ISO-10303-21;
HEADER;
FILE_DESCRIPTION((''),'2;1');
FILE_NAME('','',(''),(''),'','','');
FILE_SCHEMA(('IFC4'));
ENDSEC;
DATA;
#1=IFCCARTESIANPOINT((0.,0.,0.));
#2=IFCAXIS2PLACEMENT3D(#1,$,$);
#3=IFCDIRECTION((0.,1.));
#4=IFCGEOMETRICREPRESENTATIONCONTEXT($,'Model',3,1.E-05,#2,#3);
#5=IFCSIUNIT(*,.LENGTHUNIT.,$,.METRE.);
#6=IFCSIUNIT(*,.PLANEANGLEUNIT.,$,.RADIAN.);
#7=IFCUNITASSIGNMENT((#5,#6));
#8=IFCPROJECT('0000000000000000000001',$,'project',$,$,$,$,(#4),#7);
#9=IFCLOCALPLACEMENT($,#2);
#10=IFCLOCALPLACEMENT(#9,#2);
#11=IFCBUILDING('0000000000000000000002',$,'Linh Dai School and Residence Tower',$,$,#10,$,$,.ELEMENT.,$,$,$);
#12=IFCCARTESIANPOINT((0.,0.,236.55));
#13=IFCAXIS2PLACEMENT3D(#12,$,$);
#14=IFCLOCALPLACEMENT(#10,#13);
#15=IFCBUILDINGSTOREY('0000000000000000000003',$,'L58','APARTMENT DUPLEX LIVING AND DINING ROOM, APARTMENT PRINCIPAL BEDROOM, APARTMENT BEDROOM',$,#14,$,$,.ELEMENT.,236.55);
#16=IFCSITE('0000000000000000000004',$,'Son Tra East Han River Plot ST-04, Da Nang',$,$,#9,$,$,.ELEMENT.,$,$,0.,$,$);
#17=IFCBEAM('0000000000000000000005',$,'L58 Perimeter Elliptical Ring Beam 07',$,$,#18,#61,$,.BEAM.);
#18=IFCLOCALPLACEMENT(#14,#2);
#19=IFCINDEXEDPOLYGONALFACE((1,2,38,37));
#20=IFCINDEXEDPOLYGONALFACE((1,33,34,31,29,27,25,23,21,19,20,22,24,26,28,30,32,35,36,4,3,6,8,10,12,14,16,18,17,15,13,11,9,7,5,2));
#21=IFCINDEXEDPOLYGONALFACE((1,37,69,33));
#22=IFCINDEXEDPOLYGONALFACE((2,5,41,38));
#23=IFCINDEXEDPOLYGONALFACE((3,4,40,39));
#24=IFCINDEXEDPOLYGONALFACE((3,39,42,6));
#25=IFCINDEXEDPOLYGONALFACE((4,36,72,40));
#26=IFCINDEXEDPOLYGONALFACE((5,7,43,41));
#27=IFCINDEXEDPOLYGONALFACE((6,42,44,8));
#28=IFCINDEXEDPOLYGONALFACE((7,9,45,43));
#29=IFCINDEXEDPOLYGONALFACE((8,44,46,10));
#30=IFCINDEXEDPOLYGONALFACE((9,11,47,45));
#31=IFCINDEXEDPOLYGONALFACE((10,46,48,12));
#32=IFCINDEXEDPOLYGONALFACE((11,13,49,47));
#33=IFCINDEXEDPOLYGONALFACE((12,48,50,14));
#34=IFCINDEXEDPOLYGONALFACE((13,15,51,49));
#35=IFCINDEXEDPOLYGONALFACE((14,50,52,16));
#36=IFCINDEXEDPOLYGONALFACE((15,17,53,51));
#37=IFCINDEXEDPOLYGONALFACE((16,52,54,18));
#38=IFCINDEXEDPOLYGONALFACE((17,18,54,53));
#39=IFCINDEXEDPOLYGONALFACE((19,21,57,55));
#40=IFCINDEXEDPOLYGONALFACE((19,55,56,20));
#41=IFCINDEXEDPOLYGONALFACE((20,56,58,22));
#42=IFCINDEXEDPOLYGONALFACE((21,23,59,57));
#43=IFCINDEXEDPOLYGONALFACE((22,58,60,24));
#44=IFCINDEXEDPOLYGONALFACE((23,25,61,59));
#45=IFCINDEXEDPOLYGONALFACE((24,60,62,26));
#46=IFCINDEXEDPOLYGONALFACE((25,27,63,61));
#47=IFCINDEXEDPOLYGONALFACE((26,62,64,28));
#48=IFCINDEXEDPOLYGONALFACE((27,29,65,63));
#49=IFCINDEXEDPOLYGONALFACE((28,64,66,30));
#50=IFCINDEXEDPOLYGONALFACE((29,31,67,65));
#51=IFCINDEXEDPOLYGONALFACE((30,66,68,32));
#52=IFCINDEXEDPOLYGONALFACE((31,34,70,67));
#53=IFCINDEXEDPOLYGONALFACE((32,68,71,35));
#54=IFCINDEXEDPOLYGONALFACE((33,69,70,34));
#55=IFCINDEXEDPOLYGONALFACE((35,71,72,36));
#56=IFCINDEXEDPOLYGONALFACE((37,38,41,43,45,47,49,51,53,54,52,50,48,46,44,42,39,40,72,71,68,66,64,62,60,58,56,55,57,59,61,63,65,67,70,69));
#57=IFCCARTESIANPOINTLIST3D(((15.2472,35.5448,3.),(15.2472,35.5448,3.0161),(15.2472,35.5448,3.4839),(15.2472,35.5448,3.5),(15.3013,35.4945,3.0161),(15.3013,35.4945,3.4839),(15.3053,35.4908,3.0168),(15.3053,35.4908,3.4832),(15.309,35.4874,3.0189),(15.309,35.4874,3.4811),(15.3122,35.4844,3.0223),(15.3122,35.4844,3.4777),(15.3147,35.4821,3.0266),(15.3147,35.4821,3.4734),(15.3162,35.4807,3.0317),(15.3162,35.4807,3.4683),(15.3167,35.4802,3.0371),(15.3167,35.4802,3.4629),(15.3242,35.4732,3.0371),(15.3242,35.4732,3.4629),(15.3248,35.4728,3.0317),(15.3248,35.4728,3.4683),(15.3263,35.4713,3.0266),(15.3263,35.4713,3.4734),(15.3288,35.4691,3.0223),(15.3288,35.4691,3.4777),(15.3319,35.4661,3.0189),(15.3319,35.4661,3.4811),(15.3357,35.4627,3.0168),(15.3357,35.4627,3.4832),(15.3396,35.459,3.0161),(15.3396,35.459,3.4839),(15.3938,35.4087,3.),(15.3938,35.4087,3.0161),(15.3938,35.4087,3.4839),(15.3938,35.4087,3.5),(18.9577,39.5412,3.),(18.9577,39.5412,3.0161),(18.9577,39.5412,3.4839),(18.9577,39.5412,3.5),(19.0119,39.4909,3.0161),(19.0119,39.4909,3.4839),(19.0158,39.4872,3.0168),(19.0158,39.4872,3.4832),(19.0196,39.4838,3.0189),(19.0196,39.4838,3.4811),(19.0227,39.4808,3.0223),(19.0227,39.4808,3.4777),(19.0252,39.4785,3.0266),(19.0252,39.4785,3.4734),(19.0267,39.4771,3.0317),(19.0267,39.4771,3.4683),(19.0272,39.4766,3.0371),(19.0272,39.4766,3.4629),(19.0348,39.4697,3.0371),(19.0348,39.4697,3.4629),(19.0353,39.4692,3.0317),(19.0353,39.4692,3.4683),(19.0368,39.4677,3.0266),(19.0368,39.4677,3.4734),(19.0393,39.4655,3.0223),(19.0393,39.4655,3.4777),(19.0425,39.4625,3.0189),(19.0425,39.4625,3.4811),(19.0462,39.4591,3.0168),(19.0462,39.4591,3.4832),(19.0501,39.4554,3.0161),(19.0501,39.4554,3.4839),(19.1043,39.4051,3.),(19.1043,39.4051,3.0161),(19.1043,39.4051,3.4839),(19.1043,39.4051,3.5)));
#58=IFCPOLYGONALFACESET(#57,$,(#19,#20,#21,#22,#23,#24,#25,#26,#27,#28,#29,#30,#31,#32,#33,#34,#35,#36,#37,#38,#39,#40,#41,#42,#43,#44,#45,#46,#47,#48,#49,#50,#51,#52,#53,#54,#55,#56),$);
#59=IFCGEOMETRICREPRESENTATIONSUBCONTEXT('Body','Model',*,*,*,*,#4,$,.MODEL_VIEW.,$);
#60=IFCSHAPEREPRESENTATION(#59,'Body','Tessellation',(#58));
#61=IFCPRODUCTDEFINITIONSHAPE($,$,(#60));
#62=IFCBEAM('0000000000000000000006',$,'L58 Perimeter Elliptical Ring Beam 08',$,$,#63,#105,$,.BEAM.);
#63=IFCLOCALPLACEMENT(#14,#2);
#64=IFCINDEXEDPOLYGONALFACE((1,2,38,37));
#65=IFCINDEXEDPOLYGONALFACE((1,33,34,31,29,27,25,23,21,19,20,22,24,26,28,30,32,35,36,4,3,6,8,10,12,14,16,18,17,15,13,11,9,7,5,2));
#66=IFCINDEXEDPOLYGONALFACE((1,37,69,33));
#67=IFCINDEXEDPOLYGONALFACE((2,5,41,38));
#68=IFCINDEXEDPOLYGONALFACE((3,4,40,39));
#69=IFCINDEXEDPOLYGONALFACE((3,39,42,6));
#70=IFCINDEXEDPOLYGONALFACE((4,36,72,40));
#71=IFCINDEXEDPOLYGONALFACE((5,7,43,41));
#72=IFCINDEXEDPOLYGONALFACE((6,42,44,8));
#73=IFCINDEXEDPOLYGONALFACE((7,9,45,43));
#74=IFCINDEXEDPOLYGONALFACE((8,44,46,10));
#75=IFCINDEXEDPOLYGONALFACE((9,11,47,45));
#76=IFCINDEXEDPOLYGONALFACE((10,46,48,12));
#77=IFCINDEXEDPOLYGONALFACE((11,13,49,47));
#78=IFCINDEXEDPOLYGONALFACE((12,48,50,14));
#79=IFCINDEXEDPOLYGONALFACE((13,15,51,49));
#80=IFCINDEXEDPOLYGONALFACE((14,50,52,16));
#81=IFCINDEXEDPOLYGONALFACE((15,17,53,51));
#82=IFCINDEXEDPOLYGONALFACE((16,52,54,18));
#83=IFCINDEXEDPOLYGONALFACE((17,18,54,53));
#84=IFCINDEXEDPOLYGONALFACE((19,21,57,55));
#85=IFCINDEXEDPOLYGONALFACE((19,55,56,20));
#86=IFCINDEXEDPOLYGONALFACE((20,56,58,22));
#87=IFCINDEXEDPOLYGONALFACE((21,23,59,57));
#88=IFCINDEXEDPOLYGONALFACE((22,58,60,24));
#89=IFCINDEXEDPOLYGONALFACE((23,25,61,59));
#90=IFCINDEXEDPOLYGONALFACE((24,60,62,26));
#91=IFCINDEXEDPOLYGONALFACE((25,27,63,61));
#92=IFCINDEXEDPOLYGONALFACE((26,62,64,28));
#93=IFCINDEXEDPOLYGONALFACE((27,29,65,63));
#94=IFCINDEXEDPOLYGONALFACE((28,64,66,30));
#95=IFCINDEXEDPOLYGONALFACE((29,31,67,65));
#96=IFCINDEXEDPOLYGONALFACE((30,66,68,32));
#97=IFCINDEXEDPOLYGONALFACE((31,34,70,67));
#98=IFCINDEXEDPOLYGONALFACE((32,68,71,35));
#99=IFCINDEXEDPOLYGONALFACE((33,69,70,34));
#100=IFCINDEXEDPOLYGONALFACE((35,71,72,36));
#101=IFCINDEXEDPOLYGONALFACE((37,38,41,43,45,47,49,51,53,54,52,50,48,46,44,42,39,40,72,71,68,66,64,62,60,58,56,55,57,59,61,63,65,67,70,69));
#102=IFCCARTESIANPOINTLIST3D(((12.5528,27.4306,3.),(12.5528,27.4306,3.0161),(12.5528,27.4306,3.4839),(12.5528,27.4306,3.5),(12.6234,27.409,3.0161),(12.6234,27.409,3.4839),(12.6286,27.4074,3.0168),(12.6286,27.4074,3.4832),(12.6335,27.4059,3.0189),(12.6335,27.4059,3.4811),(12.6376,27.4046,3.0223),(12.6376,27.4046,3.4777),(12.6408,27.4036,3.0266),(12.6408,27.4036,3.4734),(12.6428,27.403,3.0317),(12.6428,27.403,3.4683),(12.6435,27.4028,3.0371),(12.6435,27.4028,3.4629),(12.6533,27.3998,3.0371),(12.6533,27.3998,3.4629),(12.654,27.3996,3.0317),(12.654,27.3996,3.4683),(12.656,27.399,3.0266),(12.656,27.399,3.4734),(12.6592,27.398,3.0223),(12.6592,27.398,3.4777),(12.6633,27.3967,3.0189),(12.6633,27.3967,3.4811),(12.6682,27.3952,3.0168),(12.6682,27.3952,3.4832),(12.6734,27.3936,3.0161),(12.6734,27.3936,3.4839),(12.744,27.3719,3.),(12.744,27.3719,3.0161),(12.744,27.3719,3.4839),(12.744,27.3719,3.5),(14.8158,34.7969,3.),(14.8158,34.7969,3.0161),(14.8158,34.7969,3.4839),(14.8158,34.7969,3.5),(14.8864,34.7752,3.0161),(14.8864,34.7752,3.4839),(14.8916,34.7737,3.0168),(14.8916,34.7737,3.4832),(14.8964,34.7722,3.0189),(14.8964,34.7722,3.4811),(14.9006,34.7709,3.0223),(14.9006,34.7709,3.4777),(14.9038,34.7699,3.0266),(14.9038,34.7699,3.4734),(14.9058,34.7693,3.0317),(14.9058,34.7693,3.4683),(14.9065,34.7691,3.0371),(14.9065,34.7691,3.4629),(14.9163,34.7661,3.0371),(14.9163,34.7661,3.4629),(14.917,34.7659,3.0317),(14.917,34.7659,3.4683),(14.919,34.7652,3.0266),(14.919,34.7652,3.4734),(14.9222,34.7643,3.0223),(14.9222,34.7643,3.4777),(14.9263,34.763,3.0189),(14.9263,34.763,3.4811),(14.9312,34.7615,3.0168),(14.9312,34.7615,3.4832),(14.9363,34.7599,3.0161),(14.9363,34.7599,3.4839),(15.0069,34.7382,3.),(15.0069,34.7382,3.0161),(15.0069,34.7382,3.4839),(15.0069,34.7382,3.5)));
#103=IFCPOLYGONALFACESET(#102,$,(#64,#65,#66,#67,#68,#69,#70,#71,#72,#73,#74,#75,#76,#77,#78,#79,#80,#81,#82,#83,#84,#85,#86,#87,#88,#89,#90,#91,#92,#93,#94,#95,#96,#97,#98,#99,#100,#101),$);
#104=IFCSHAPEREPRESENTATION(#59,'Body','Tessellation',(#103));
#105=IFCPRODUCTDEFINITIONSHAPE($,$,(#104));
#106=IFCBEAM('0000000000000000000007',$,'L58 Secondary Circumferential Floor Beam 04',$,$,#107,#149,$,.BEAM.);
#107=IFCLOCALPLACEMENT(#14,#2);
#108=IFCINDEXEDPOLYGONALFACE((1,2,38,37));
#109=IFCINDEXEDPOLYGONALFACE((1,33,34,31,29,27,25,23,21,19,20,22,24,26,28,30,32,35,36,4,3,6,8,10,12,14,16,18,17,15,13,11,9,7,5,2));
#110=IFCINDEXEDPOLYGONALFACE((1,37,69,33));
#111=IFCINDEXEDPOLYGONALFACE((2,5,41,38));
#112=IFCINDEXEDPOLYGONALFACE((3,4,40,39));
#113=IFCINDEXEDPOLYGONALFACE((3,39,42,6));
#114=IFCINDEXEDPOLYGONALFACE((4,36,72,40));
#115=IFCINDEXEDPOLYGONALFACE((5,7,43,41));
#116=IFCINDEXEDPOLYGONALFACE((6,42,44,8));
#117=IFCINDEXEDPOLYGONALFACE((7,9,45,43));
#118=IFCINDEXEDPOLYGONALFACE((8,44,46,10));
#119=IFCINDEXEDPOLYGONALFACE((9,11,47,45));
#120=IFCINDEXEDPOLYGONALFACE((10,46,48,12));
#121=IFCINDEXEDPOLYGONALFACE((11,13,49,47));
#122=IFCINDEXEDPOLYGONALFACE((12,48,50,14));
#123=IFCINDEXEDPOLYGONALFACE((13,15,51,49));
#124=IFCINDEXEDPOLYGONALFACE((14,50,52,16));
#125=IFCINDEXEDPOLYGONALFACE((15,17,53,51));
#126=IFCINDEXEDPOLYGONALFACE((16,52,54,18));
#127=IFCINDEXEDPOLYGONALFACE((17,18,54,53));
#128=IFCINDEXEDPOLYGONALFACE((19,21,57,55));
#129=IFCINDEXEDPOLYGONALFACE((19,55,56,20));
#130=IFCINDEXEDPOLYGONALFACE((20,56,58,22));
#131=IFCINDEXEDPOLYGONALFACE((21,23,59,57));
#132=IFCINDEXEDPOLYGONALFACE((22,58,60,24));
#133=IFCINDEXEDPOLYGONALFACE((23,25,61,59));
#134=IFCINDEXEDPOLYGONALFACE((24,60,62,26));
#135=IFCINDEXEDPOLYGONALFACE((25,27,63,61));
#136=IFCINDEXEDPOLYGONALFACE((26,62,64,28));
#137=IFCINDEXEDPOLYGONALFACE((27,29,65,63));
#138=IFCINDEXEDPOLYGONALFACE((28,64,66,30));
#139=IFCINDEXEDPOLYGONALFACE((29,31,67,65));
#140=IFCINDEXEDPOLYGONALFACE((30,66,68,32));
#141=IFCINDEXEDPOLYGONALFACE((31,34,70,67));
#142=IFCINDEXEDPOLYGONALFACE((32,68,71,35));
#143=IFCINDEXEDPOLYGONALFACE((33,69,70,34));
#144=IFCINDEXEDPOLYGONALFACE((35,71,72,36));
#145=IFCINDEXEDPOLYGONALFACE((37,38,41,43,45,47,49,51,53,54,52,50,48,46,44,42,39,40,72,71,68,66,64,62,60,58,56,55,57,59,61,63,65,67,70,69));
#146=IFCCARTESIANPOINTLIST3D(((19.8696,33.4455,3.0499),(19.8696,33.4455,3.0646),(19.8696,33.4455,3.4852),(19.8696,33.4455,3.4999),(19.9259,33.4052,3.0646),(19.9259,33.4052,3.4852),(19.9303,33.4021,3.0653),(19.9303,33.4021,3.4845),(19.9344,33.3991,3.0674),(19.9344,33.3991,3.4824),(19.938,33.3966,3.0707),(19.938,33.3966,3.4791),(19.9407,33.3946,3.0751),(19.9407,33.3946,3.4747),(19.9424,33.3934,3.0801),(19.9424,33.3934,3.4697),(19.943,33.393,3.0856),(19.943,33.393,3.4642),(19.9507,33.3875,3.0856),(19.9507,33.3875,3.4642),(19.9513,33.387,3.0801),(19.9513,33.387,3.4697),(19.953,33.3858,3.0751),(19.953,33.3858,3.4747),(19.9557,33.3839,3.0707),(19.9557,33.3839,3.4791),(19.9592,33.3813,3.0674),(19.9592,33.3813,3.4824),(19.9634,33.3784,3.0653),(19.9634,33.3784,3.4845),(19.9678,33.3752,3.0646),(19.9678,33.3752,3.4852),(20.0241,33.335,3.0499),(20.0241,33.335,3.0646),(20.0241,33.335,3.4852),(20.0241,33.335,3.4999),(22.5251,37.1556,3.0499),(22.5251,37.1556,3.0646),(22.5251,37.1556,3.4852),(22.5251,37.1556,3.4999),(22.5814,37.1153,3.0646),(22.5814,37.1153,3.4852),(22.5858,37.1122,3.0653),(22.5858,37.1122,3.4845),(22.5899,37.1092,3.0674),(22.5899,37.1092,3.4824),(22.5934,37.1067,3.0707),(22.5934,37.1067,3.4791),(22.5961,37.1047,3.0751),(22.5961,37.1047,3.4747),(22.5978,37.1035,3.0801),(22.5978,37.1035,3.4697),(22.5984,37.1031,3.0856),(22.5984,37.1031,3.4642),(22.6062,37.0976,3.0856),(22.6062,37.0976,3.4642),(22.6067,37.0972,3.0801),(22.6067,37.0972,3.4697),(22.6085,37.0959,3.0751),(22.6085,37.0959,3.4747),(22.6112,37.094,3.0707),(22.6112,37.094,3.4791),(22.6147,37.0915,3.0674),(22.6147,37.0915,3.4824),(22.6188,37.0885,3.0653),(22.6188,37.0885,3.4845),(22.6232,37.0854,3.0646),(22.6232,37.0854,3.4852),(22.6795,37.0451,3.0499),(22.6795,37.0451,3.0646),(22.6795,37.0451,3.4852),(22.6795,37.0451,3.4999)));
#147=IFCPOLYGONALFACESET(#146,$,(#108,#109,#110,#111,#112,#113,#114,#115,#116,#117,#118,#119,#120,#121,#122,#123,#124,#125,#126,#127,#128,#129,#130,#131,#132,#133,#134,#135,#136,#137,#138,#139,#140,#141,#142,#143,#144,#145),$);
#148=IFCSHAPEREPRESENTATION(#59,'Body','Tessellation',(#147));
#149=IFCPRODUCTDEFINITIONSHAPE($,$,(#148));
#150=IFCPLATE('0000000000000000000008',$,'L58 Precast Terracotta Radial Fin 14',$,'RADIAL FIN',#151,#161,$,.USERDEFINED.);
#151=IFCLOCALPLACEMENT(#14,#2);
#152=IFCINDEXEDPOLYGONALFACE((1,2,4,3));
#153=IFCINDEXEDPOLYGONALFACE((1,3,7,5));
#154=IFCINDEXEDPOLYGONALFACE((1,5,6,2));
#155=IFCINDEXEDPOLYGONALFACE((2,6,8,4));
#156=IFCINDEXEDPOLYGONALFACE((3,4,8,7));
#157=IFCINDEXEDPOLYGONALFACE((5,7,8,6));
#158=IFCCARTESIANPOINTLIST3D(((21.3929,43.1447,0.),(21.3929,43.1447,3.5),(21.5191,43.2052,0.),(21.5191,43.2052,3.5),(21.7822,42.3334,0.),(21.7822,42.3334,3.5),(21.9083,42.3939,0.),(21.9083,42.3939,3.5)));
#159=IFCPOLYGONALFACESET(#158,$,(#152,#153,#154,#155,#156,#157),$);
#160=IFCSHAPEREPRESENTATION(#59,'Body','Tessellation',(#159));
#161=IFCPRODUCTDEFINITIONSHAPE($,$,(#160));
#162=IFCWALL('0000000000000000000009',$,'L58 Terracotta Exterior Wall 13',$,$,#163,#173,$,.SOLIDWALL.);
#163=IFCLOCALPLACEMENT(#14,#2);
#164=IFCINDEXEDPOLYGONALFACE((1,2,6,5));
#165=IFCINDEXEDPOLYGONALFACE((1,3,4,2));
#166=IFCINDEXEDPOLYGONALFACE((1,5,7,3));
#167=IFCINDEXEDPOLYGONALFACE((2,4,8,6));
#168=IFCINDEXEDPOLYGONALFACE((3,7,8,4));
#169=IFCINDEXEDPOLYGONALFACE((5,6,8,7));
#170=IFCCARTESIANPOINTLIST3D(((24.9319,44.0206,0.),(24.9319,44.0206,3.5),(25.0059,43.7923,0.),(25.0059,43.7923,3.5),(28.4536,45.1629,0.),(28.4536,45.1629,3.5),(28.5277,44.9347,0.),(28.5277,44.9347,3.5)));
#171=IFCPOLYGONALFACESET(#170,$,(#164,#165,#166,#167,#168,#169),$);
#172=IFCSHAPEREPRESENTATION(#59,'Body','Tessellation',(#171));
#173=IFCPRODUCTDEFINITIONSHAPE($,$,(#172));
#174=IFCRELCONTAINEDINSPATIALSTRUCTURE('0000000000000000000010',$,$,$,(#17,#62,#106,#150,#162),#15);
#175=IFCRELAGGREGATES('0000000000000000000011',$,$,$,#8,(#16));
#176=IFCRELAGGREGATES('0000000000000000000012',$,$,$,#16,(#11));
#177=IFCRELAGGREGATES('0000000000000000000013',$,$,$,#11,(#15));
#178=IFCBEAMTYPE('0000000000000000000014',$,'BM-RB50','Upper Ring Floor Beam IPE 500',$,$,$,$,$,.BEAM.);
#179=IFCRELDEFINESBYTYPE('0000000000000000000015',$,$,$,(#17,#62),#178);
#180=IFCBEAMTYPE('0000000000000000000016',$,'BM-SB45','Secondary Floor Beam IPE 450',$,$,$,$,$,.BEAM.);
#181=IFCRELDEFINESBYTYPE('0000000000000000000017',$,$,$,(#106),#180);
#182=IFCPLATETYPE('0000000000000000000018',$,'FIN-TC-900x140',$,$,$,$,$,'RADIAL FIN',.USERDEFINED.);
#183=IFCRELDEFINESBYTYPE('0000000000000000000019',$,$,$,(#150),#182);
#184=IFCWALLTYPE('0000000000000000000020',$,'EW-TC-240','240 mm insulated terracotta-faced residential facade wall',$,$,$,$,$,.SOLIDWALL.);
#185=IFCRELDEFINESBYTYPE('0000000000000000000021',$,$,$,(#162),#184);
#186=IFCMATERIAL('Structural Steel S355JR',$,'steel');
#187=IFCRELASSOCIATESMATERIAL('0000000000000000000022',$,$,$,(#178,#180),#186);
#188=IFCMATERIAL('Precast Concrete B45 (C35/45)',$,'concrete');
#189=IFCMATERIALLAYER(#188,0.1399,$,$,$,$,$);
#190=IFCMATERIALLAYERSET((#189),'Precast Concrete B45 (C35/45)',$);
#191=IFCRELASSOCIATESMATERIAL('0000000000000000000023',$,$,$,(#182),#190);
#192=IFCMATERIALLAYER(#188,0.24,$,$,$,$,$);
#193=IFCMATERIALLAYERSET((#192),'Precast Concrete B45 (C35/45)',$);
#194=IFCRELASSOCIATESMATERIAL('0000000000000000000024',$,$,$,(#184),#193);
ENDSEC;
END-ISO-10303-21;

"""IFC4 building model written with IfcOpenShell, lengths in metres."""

from ifc_helpers import new_model, si_unit, direction, frame, frame_2d, origin, origin_2d, place, context, subcontext, project, spatial, rectangle, i_section, extrude, source, transform, mapped, material, layer, layer_set, material_profile, profile_set, type_object, element, save


model = new_model("IFC4")

# Units and contexts
model_context = context("Model", 3, precision=1e-05, world=origin(), true_north=direction((0.0, 1.0)))
body_context = subcontext(model_context, "Body", "Model", "MODEL_VIEW")
ifc_project = project(units=[si_unit("LENGTHUNIT", "METRE"), si_unit("PLANEANGLEUNIT", "RADIAN")], contexts=[model_context])

# Site, building, storey
site_placement = place(None, origin())
site = spatial("IfcSite", under=ifc_project, at=site_placement, Name="Son Tra East Han River Plot ST-04, Da Nang", CompositionType="ELEMENT", RefElevation=0.0)
building_placement = place(site_placement, origin())
building = spatial("IfcBuilding", under=site, at=building_placement, Name="Linh Dai School and Residence Tower", CompositionType="ELEMENT")
storey_placement = place(building_placement, frame((0.0, 0.0, 236.55)))
storey = spatial("IfcBuildingStorey", under=building, at=storey_placement, Name="L58", Description="APARTMENT DUPLEX LIVING AND DINING ROOM, APARTMENT PRINCIPAL BEDROOM, APARTMENT BEDROOM", CompositionType="ELEMENT", Elevation=236.55)

# Shared definitions
ifc_material_1 = material(Name="Structural Steel S355JR", Category="steel")

# Beams
ifc_material_profile_1 = material_profile(ifc_material_1, i_section(OverallWidth=0.2, OverallDepth=0.5, WebThickness=0.0103, FlangeThickness=0.0161, FilletRadius=0.021, at=origin_2d()), Name="IPE 500")
ifc_profile_set_1 = profile_set([ifc_material_profile_1], Name="Structural Steel S355JR")
beam_type_1 = type_object("IfcBeamType", Name="BM-RB50", Description="Upper Ring Floor Beam IPE 500", PredefinedType="BEAM", material=ifc_profile_set_1)
beam_1_placement = place(storey_placement, frame((19.031, 39.4731, 3.25), z_axis=(-0.680408, -0.732833, 0.0), x_axis=(0.732833, -0.680408, 0.0)))
element("IfcBeam", 1, at=beam_1_placement, inside=storey, type_object=beam_type_1, Name="L58 Perimeter Elliptical Ring Beam 07", PredefinedType="BEAM", context=body_context, shape_type="SweptSolid", body=[
    extrude(i_section(OverallWidth=0.2, OverallDepth=0.5, WebThickness=0.0103, FlangeThickness=0.0161, FilletRadius=0.021, at=origin_2d()), origin(), (0.0, 0.0, 1.0), 5.4534),
])
beam_2_placement = place(storey_placement, frame((14.9114, 34.7676, 3.25), z_axis=(-0.293661, -0.95591, 0.0), x_axis=(0.95591, -0.293661, 0.0)))
element("IfcBeam", 2, at=beam_2_placement, inside=storey, type_object=beam_type_1, Name="L58 Perimeter Elliptical Ring Beam 08", PredefinedType="BEAM", context=body_context, shape_type="SweptSolid", body=[
    extrude(i_section(OverallWidth=0.2, OverallDepth=0.5, WebThickness=0.0103, FlangeThickness=0.0161, FilletRadius=0.021, at=origin_2d()), origin(), (0.0, 0.0, 1.0), 7.7061),
])
ifc_material_profile_2 = material_profile(ifc_material_1, i_section(OverallWidth=0.1899, OverallDepth=0.45, WebThickness=0.0095, FlangeThickness=0.0146, FilletRadius=0.021, at=origin_2d()), Name="IPE 450")
ifc_profile_set_2 = profile_set([ifc_material_profile_2], Name="Structural Steel S355JR")
beam_type_2 = type_object("IfcBeamType", Name="BM-SB45", Description="Secondary Floor Beam IPE 450", PredefinedType="BEAM", material=ifc_profile_set_2)
beam_3_placement = place(storey_placement, frame((22.6023, 37.1003, 3.2749), z_axis=(-0.582017, -0.813176, 0.0), x_axis=(0.813176, -0.582017, 0.0)))
element("IfcBeam", 3, at=beam_3_placement, inside=storey, type_object=beam_type_2, Name="L58 Secondary Circumferential Floor Beam 04", PredefinedType="BEAM", context=body_context, shape_type="SweptSolid", body=[
    extrude(i_section(OverallWidth=0.1899, OverallDepth=0.45, WebThickness=0.0095, FlangeThickness=0.0146, FilletRadius=0.021, at=origin_2d()), origin(), (0.0, 0.0, 1.0), 4.5625),
])

# Plate
ifc_material_2 = material(Name="Precast Concrete B45 (C35/45)", Category="concrete")
ifc_layer_1 = layer(ifc_material_2, 0.1399)
ifc_layer_set_1 = layer_set([ifc_layer_1], Name="Precast Concrete B45 (C35/45)")
plate_type = type_object("IfcPlateType", Name="FIN-TC-900x140", ElementType="RADIAL FIN", PredefinedType="USERDEFINED", material=ifc_layer_set_1)
shared_shape_1 = source(origin(), body_context, "Body", "SweptSolid", [
    extrude(rectangle(XDim=0.8999, YDim=0.1399, at=origin_2d()), origin(), (0.0, 0.0, 1.0), 3.5),
])
plate_placement = place(storey_placement, frame((21.6506, 42.7693, 0.0), z_axis=(0.0, 0.0, 1.0), x_axis=(-0.432594, 0.901589, 0.0)))
element("IfcPlate", 4, at=plate_placement, inside=storey, type_object=plate_type, Name="L58 Precast Terracotta Radial Fin 14", ObjectType="RADIAL FIN", PredefinedType="USERDEFINED", context=body_context, shape_type="MappedRepresentation", body=[
    mapped(shared_shape_1, transform((0.0, 0.0, 0.0), x_axis=(1.0, 0.0, 0.0), y_axis=(0.0, 1.0, 0.0), z_axis=(0.0, 0.0, 1.0), scale=1.0)),
])

# Wall
ifc_layer_2 = layer(ifc_material_2, 0.24)
ifc_layer_set_2 = layer_set([ifc_layer_2], Name="Precast Concrete B45 (C35/45)")
wall_type_1 = type_object("IfcWallType", Name="EW-TC-240", Description="240 mm insulated terracotta-faced residential facade wall", PredefinedType="SOLIDWALL", material=ifc_layer_set_2)
wall_1_placement = place(storey_placement, frame((24.969, 43.9065, 0.0), z_axis=(0.0, 0.0, 1.0), x_axis=(0.951211, 0.308542, 0.0)))
element("IfcWall", 5, at=wall_1_placement, inside=storey, type_object=wall_type_1, Name="L58 Terracotta Exterior Wall 13", PredefinedType="SOLIDWALL", context=body_context, shape_type="SweptSolid", body=[
    extrude(rectangle(XDim=3.7024, YDim=0.24, at=frame_2d((1.8511, 0.0))), origin(), (0.0, 0.0, 1.0), 3.5),
])

save(model, "model.ifc")
